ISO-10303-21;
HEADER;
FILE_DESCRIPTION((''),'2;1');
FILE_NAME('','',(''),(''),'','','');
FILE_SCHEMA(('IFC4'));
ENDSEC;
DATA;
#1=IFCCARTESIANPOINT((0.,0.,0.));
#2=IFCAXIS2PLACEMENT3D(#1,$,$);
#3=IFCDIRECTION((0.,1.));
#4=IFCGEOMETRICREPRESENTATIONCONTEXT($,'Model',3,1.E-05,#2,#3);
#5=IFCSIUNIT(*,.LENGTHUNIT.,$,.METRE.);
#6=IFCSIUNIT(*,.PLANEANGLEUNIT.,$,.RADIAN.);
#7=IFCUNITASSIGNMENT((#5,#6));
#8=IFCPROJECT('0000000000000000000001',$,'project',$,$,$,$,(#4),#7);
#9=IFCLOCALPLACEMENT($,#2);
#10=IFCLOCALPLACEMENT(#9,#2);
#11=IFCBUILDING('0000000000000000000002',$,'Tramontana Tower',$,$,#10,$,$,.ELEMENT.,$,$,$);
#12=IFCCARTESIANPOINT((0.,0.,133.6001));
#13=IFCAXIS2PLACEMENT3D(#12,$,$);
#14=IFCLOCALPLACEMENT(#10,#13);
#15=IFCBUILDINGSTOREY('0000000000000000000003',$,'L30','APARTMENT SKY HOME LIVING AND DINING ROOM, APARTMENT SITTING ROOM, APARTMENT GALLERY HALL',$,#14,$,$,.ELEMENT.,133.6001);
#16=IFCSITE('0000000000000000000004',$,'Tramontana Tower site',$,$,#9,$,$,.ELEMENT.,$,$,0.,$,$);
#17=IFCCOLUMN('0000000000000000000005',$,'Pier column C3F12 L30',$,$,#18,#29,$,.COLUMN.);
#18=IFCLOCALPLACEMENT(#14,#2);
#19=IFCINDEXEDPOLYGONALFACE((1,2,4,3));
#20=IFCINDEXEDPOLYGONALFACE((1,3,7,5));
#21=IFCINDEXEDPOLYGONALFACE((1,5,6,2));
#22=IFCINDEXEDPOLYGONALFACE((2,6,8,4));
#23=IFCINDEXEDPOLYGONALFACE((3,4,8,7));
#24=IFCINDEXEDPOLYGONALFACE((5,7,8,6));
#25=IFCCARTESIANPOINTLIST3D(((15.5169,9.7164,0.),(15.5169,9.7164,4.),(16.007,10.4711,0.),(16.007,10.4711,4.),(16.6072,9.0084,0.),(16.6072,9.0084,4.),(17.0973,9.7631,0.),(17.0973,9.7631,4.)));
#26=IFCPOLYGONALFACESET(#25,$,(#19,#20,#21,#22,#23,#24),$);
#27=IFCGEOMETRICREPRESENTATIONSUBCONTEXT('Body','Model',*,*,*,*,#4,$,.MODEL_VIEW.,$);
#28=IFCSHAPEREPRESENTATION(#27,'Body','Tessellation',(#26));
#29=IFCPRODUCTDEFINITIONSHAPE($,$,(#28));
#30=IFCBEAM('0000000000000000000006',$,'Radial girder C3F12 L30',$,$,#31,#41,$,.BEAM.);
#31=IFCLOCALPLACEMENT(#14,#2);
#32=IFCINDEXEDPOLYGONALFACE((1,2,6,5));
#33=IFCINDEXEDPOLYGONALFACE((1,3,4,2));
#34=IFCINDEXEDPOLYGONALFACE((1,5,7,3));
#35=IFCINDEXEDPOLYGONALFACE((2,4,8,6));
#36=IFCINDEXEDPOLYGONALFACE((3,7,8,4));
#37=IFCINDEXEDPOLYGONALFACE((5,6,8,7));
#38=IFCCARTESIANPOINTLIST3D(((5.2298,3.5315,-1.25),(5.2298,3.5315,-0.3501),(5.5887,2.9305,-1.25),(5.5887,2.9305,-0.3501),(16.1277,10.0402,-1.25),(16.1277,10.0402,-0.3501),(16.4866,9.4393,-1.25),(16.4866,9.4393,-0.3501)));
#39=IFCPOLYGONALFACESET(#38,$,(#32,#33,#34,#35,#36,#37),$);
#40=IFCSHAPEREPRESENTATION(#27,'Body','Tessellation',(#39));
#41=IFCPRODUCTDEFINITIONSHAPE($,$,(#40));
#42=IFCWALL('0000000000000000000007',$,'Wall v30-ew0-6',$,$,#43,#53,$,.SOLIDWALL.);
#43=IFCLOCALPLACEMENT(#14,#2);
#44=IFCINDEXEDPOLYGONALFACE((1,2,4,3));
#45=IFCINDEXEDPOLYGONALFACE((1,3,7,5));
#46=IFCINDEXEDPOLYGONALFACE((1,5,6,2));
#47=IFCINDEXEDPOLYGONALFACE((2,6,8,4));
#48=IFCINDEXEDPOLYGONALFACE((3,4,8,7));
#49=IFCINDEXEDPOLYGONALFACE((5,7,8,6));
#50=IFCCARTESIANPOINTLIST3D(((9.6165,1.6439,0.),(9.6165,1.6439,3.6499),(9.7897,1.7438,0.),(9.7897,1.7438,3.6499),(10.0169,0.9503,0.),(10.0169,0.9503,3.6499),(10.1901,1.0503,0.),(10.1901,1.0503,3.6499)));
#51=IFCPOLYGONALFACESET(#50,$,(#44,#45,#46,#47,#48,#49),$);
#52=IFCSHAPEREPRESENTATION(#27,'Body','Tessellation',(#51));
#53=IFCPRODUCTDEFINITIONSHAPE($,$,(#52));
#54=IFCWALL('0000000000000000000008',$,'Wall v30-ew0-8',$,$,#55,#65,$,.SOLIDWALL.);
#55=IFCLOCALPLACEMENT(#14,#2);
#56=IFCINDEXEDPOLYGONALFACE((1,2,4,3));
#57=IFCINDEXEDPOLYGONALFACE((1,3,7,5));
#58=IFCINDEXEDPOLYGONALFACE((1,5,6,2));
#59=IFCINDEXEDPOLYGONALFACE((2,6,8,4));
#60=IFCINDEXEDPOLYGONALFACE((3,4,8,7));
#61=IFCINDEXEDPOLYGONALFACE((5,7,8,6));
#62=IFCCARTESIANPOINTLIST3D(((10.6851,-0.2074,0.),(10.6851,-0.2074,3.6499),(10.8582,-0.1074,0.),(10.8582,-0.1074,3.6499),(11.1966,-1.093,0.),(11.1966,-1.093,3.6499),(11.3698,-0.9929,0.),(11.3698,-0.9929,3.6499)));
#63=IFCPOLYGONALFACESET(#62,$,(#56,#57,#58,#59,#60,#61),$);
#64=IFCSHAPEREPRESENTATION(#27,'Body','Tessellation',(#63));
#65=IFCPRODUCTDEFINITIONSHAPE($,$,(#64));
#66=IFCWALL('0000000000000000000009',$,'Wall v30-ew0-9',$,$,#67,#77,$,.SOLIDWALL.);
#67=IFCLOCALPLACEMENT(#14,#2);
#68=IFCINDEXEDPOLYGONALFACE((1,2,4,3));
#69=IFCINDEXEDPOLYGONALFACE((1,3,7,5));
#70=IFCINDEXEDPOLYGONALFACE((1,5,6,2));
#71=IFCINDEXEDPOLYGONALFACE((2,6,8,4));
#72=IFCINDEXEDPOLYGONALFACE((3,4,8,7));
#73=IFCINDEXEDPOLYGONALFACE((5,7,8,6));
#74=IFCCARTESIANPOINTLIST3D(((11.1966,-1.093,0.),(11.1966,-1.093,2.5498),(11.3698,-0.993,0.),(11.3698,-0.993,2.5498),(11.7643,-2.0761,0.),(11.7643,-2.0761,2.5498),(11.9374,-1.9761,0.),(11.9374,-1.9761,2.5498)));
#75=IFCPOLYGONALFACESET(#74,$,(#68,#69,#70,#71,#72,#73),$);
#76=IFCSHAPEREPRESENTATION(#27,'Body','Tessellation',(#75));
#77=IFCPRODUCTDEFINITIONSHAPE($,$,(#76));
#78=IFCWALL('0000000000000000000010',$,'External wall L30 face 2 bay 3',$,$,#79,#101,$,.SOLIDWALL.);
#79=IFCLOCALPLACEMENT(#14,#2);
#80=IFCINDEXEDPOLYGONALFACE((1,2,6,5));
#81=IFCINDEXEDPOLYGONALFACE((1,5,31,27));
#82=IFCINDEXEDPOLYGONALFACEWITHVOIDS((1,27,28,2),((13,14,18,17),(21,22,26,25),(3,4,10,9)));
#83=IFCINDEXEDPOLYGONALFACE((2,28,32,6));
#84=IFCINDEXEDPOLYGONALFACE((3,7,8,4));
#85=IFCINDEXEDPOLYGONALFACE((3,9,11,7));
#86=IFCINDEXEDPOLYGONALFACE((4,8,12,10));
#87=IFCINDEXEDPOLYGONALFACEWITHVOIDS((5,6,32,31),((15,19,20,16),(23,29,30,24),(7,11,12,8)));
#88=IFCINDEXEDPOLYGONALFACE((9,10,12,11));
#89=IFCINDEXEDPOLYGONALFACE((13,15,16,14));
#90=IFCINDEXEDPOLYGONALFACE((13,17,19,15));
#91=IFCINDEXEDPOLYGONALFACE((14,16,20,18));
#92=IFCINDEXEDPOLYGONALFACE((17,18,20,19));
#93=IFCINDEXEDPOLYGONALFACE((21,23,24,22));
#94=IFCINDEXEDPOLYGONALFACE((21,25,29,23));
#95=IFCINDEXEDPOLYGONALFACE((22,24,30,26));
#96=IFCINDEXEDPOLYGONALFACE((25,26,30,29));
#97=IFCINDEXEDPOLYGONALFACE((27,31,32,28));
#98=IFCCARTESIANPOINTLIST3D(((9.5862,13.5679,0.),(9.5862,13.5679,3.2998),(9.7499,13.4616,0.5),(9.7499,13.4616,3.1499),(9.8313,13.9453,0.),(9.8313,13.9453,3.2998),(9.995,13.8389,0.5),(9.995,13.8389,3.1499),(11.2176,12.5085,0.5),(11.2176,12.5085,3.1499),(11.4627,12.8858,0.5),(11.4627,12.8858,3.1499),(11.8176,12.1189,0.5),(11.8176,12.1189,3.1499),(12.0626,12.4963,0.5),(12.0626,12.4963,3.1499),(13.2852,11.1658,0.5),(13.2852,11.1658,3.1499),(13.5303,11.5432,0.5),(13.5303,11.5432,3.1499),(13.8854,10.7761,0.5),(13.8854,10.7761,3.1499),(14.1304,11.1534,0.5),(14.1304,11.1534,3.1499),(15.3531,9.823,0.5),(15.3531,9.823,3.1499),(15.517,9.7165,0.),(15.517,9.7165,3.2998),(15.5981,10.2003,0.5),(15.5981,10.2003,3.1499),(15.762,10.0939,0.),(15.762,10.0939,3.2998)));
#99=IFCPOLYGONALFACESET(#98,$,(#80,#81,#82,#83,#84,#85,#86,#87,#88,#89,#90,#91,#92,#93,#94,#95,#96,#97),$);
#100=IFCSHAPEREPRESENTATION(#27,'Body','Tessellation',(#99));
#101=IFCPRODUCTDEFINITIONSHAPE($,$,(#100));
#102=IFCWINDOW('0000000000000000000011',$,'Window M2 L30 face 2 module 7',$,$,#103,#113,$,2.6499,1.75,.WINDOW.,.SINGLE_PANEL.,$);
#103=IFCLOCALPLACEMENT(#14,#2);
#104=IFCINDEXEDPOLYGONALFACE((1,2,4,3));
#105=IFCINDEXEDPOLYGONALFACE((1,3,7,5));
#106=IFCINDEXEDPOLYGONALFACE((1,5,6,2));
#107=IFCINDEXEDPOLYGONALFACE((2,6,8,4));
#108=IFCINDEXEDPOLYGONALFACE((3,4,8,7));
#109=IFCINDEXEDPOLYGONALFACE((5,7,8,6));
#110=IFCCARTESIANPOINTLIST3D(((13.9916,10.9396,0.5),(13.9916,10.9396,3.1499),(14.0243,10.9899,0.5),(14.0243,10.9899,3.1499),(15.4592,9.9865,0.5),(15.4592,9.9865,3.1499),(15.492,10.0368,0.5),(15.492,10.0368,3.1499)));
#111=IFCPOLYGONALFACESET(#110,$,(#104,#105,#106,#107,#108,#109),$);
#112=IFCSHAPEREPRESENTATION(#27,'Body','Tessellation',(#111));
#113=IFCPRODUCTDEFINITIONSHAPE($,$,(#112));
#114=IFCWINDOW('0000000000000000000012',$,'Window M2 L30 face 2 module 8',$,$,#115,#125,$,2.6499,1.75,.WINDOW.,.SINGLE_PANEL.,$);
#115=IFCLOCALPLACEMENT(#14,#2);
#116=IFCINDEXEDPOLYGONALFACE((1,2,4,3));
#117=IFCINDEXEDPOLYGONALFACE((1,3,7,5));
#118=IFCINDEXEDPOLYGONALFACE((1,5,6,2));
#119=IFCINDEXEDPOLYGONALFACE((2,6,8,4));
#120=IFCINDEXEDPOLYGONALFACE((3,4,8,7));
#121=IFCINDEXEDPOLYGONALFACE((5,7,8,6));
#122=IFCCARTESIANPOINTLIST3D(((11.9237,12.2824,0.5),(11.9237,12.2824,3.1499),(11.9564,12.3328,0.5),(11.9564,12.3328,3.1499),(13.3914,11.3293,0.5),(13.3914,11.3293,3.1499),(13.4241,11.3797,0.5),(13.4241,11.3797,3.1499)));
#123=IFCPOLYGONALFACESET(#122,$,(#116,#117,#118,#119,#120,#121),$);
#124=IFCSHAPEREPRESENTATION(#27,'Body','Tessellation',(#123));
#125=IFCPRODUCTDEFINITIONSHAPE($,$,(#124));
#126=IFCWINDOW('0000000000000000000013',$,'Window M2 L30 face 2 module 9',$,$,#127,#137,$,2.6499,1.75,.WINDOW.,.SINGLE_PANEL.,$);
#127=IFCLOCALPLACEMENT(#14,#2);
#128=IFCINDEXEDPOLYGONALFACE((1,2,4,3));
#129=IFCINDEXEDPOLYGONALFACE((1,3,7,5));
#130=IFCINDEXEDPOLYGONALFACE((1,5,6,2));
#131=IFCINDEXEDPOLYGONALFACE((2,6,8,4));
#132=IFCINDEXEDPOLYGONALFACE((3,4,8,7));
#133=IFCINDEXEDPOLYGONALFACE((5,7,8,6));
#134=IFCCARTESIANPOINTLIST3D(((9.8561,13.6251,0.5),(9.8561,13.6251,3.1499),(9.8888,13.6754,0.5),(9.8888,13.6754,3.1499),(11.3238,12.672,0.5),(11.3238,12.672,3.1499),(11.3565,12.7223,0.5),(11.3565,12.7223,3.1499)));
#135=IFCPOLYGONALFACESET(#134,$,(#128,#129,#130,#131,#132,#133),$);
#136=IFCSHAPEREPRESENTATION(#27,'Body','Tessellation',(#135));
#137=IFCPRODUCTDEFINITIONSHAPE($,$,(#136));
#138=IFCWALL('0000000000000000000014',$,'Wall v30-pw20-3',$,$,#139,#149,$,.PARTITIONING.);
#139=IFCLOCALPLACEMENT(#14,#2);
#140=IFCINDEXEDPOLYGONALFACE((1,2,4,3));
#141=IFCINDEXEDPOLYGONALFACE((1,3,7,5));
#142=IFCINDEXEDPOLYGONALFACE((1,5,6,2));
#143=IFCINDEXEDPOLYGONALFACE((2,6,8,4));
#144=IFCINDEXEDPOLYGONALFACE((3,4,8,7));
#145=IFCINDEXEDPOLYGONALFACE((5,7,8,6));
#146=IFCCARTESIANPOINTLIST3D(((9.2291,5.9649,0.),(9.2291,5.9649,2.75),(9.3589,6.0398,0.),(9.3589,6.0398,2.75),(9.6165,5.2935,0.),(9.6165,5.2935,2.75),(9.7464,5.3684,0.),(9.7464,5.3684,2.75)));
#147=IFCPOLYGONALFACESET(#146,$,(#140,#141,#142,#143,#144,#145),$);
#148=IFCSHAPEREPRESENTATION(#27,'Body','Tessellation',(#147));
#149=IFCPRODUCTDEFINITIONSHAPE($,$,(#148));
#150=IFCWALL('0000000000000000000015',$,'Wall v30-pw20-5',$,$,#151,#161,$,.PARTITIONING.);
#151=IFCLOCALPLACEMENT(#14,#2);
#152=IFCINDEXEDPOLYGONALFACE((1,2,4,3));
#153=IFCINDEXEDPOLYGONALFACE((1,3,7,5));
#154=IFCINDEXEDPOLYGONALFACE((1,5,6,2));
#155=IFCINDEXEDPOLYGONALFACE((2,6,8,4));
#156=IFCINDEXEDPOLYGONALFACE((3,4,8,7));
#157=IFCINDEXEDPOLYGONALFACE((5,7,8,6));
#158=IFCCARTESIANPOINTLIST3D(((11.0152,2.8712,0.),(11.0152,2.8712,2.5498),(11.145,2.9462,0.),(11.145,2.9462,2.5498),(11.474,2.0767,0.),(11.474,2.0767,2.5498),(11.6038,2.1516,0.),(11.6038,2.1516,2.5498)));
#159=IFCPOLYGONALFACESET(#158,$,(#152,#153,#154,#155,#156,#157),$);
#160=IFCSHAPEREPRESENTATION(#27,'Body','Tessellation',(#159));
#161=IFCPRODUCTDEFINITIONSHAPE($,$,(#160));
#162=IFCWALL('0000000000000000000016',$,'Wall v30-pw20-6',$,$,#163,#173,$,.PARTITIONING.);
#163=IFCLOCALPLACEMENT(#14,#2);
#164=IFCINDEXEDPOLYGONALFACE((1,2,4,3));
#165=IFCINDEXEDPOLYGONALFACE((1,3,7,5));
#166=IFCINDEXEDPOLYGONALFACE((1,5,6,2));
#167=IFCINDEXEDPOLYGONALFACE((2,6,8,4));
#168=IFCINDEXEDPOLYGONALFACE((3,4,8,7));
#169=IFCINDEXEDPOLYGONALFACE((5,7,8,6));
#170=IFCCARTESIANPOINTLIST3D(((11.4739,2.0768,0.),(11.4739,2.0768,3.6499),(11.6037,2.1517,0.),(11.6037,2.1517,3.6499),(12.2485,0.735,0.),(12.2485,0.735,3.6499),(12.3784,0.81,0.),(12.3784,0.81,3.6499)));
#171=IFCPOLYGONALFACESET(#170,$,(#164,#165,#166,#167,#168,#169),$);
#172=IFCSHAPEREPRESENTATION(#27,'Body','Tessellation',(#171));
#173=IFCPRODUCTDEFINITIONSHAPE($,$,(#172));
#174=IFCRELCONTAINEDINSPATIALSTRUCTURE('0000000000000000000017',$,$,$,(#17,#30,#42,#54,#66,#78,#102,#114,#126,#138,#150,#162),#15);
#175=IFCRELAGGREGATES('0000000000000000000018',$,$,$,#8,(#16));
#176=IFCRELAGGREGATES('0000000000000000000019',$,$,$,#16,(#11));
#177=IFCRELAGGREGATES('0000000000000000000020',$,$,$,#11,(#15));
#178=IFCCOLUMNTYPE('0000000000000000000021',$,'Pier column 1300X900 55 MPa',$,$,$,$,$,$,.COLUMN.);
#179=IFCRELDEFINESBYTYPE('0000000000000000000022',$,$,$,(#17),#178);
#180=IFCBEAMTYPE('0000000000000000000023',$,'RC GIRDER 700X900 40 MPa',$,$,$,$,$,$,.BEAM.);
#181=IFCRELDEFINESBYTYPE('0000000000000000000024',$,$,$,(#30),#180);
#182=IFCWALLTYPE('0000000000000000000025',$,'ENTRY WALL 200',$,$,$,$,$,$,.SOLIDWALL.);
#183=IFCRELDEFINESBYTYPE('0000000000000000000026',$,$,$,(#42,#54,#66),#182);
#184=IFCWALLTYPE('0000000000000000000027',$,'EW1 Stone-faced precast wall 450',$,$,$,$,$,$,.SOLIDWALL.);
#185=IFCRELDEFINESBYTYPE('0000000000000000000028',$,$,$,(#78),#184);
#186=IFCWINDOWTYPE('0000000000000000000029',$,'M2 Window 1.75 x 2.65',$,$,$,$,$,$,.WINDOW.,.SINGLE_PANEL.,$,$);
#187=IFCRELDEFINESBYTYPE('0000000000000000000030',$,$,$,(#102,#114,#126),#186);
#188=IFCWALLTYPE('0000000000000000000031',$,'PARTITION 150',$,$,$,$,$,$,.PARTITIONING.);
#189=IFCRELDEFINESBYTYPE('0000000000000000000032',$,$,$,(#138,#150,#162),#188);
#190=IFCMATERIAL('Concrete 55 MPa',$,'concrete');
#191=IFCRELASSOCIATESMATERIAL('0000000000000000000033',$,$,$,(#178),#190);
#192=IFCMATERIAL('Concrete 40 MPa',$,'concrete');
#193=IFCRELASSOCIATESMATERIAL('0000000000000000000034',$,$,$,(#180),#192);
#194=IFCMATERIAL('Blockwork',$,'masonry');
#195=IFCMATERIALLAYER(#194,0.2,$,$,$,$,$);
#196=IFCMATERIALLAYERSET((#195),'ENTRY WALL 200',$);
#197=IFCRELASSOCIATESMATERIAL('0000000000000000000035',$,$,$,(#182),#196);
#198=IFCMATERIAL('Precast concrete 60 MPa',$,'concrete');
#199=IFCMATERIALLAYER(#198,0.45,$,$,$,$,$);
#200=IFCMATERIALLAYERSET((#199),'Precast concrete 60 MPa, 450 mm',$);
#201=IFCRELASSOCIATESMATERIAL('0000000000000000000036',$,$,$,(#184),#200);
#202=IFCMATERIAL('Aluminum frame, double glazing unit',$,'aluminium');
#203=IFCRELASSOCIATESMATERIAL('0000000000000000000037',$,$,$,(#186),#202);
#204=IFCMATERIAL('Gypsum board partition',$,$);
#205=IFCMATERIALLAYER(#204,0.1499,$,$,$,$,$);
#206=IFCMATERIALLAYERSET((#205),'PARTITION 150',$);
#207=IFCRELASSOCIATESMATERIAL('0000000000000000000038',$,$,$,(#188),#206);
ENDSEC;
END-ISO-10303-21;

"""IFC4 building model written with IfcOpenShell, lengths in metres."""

from ifc_helpers import new_model, si_unit, direction, frame, frame_2d, origin, origin_2d, place, context, subcontext, project, spatial, rectangle, extrude, material, layer, layer_set, material_profile, profile_set, type_object, element, fill, save


model = new_model("IFC4")

# Units and contexts
model_context = context("Model", 3, precision=1e-05, world=origin(), true_north=direction((0.0, 1.0)))
body_context = subcontext(model_context, "Body", "Model", "MODEL_VIEW")
ifc_project = project(units=[si_unit("LENGTHUNIT", "METRE"), si_unit("PLANEANGLEUNIT", "RADIAN")], contexts=[model_context])

# Site, building, storey
site_placement = place(None, origin())
site = spatial("IfcSite", under=ifc_project, at=site_placement, Name="Tramontana Tower site", CompositionType="ELEMENT", RefElevation=0.0)
building_placement = place(site_placement, origin())
building = spatial("IfcBuilding", under=site, at=building_placement, Name="Tramontana Tower", CompositionType="ELEMENT")
storey_placement = place(building_placement, frame((0.0, 0.0, 133.6001)))
storey = spatial("IfcBuildingStorey", under=building, at=storey_placement, Name="L30", Description="APARTMENT SKY HOME LIVING AND DINING ROOM, APARTMENT SITTING ROOM, APARTMENT GALLERY HALL", CompositionType="ELEMENT", Elevation=133.6001)

# Column
ifc_material_1 = material(Name="Concrete 55 MPa", Category="concrete")
ifc_material_profile_1 = material_profile(ifc_material_1, rectangle(XDim=1.3, YDim=0.8999, at=origin_2d()), Name="Pier column 1300X900 55 MPa")
ifc_profile_set_1 = profile_set([ifc_material_profile_1], Name="Concrete 55 MPa")
column_type = type_object("IfcColumnType", Name="Pier column 1300X900 55 MPa", PredefinedType="COLUMN", material=ifc_profile_set_1)
column_placement = place(storey_placement, frame((16.3071, 9.7397, 0.0), z_axis=(0.0, 0.0, 1.0), x_axis=(-0.838671, 0.544639, 0.0)))
element("IfcColumn", 1, at=column_placement, inside=storey, type_object=column_type, Name="Pier column C3F12 L30", PredefinedType="COLUMN", context=body_context, shape_type="SweptSolid", body=[
    extrude(rectangle(XDim=1.3, YDim=0.8999, at=origin_2d()), origin(), (0.0, 0.0, 1.0), 4.0),
])

# Beam
ifc_material_2 = material(Name="Concrete 40 MPa", Category="concrete")
ifc_material_profile_2 = material_profile(ifc_material_2, rectangle(XDim=0.7, YDim=0.8999, at=origin_2d()), Name="RC GIRDER 700X900 40 MPa")
ifc_profile_set_2 = profile_set([ifc_material_profile_2], Name="Concrete 40 MPa")
beam_type = type_object("IfcBeamType", Name="RC GIRDER 700X900 40 MPa", PredefinedType="BEAM", material=ifc_profile_set_2)
beam_placement = place(storey_placement, frame((16.3071, 9.7397, -0.8), z_axis=(-0.858533, -0.512758, 0.0), x_axis=(0.512758, -0.858533, 0.0)))
element("IfcBeam", 2, at=beam_placement, inside=storey, type_object=beam_type, Name="Radial girder C3F12 L30", PredefinedType="BEAM", context=body_context, shape_type="SweptSolid", body=[
    extrude(rectangle(XDim=0.7, YDim=0.8999, at=origin_2d()), origin(), (0.0, 0.0, 1.0), 12.6936),
])

# Wall
ifc_material_3 = material(Name="Blockwork", Category="masonry")
ifc_layer_1 = layer(ifc_material_3, 0.2)
ifc_layer_set_1 = layer_set([ifc_layer_1], Name="ENTRY WALL 200")
wall_type_1 = type_object("IfcWallType", Name="ENTRY WALL 200", PredefinedType="SOLIDWALL", material=ifc_layer_set_1)
wall_1_placement = place(storey_placement, frame((9.7031, 1.6938, 0.0), z_axis=(0.0, 0.0, 1.0), x_axis=(0.499942, -0.866059, 0.0)))
element("IfcWall", 3, at=wall_1_placement, inside=storey, type_object=wall_type_1, Name="Wall v30-ew0-6", PredefinedType="SOLIDWALL", context=body_context, shape_type="SweptSolid", body=[
    extrude(rectangle(XDim=0.8008, YDim=0.2, at=frame_2d((0.4004, 0.0))), origin(), (0.0, 0.0, 1.0), 3.6499),
])

# Walls
wall_2_placement = place(storey_placement, frame((10.7717, -0.1575, 0.0), z_axis=(0.0, 0.0, 1.0), x_axis=(0.50017, -0.865927, 0.0)))
element("IfcWall", 4, at=wall_2_placement, inside=storey, type_object=wall_type_1, Name="Wall v30-ew0-8", PredefinedType="SOLIDWALL", context=body_context, shape_type="SweptSolid", body=[
    extrude(rectangle(XDim=1.0227, YDim=0.2, at=frame_2d((0.5112, 0.0))), origin(), (0.0, 0.0, 1.0), 3.6499),
])
wall_3_placement = place(storey_placement, frame((11.2832, -1.043, 0.0), z_axis=(0.0, 0.0, 1.0), x_axis=(0.500002, -0.866024, 0.0)))
element("IfcWall", 5, at=wall_3_placement, inside=storey, type_object=wall_type_1, Name="Wall v30-ew0-9", PredefinedType="SOLIDWALL", context=body_context, shape_type="SweptSolid", body=[
    extrude(rectangle(XDim=1.1353, YDim=0.2, at=frame_2d((0.5676, 0.0))), origin(), (0.0, 0.0, 1.0), 2.5498),
])

# Wall, openings, windows
ifc_material_4 = material(Name="Precast concrete 60 MPa", Category="concrete")
ifc_layer_2 = layer(ifc_material_4, 0.45)
ifc_layer_set_2 = layer_set([ifc_layer_2], Name="Precast concrete 60 MPa, 450 mm")
wall_type_2 = type_object("IfcWallType", Name="EW1 Stone-faced precast wall 450", PredefinedType="SOLIDWALL", material=ifc_layer_set_2)
wall_4_placement = place(storey_placement, frame((15.6394, 9.9053, 0.0), z_axis=(0.0, 0.0, 1.0), x_axis=(-0.838677, 0.544629, 0.0)))
wall_4 = element("IfcWall", 6, at=wall_4_placement, inside=storey, type_object=wall_type_2, Name="External wall L30 face 2 bay 3", PredefinedType="SOLIDWALL", context=body_context, shape_type="SweptSolid", body=[
    extrude(rectangle(XDim=7.0715, YDim=0.45, at=frame_2d((3.5356, 0.0))), origin(), (0.0, 0.0, 1.0), 3.2998),
])
opening_1_placement = place(wall_4_placement, frame((0.1953, 0.0, 0.5)))
opening_1 = element("IfcOpeningElement", 7, at=opening_1_placement, cuts=wall_4, PredefinedType="OPENING", context=body_context, shape_type="SweptSolid", body=[
    extrude(rectangle(XDim=1.75, YDim=2.6499, at=frame_2d((0.875, 1.325))), frame((0.0, 0.2349, 0.0), z_axis=(0.0, -1.0, 0.0), x_axis=(1.0, 0.0, 0.0)), (0.0, 0.0, 1.0), 0.47),
])
opening_2_placement = place(wall_4_placement, frame((2.6609, 0.0, 0.5)))
opening_2 = element("IfcOpeningElement", 8, at=opening_2_placement, cuts=wall_4, PredefinedType="OPENING", context=body_context, shape_type="SweptSolid", body=[
    extrude(rectangle(XDim=1.75, YDim=2.6499, at=frame_2d((0.875, 1.325))), frame((0.0, 0.2349, 0.0), z_axis=(0.0, -1.0, 0.0), x_axis=(1.0, 0.0, 0.0)), (0.0, 0.0, 1.0), 0.47),
])
opening_3_placement = place(wall_4_placement, frame((5.1262, 0.0, 0.5)))
opening_3 = element("IfcOpeningElement", 9, at=opening_3_placement, cuts=wall_4, PredefinedType="OPENING", context=body_context, shape_type="SweptSolid", body=[
    extrude(rectangle(XDim=1.75, YDim=2.6499, at=frame_2d((0.875, 1.325))), frame((0.0, 0.2349, 0.0), z_axis=(0.0, -1.0, 0.0), x_axis=(1.0, 0.0, 0.0)), (0.0, 0.0, 1.0), 0.47),
])
ifc_material_5 = material(Name="Aluminum frame, double glazing unit", Category="aluminium")
window_type = type_object("IfcWindowType", Name="M2 Window 1.75 x 2.65", PartitioningType="SINGLE_PANEL", PredefinedType="WINDOW", material=ifc_material_5)
window_1_placement = place(opening_1_placement, origin())
window_1 = element("IfcWindow", 10, at=window_1_placement, inside=storey, type_object=window_type, Name="Window M2 L30 face 2 module 7", OverallHeight=2.6499, OverallWidth=1.75, PartitioningType="SINGLE_PANEL", PredefinedType="WINDOW", context=body_context, shape_type="SweptSolid", body=[
    extrude(rectangle(XDim=1.75, YDim=2.6499, at=frame_2d((0.875, 1.325))), frame((0.0, 0.03, 0.0), z_axis=(0.0, -1.0, 0.0), x_axis=(1.0, 0.0, 0.0)), (0.0, 0.0, 1.0), 0.0601),
])
fill(opening_1, window_1)
window_2_placement = place(opening_2_placement, origin())
window_2 = element("IfcWindow", 11, at=window_2_placement, inside=storey, type_object=window_type, Name="Window M2 L30 face 2 module 8", OverallHeight=2.6499, OverallWidth=1.75, PartitioningType="SINGLE_PANEL", PredefinedType="WINDOW", context=body_context, shape_type="SweptSolid", body=[
    extrude(rectangle(XDim=1.75, YDim=2.6499, at=frame_2d((0.875, 1.325))), frame((0.0, 0.03, 0.0), z_axis=(0.0, -1.0, 0.0), x_axis=(1.0, 0.0, 0.0)), (0.0, 0.0, 1.0), 0.0601),
])
fill(opening_2, window_2)
window_3_placement = place(opening_3_placement, origin())
window_3 = element("IfcWindow", 12, at=window_3_placement, inside=storey, type_object=window_type, Name="Window M2 L30 face 2 module 9", OverallHeight=2.6499, OverallWidth=1.75, PartitioningType="SINGLE_PANEL", PredefinedType="WINDOW", context=body_context, shape_type="SweptSolid", body=[
    extrude(rectangle(XDim=1.75, YDim=2.6499, at=frame_2d((0.875, 1.325))), frame((0.0, 0.03, 0.0), z_axis=(0.0, -1.0, 0.0), x_axis=(1.0, 0.0, 0.0)), (0.0, 0.0, 1.0), 0.0601),
])
fill(opening_3, window_3)

# Wall
ifc_material_6 = material(Name="Gypsum board partition")
ifc_layer_3 = layer(ifc_material_6, 0.1499)
ifc_layer_set_3 = layer_set([ifc_layer_3], Name="PARTITION 150")
wall_type_3 = type_object("IfcWallType", Name="PARTITION 150", PredefinedType="PARTITIONING", material=ifc_layer_set_3)
wall_5_placement = place(storey_placement, frame((9.2939, 6.0024, 0.0), z_axis=(0.0, 0.0, 1.0), x_axis=(0.499832, -0.866123, 0.0)))
element("IfcWall", 13, at=wall_5_placement, inside=storey, type_object=wall_type_3, Name="Wall v30-pw20-3", PredefinedType="PARTITIONING", context=body_context, shape_type="SweptSolid", body=[
    extrude(rectangle(XDim=0.7751, YDim=0.1499, at=frame_2d((0.3877, 0.0))), origin(), (0.0, 0.0, 1.0), 2.75),
])

# Walls
wall_6_placement = place(storey_placement, frame((11.0801, 2.9087, 0.0), z_axis=(0.0, 0.0, 1.0), x_axis=(0.50006, -0.865991, 0.0)))
element("IfcWall", 14, at=wall_6_placement, inside=storey, type_object=wall_type_3, Name="Wall v30-pw20-5", PredefinedType="PARTITIONING", context=body_context, shape_type="SweptSolid", body=[
    extrude(rectangle(XDim=0.9175, YDim=0.1499, at=frame_2d((0.4587, 0.0))), origin(), (0.0, 0.0, 1.0), 2.5498),
])
wall_7_placement = place(storey_placement, frame((11.5388, 2.1143, 0.0), z_axis=(0.0, 0.0, 1.0), x_axis=(0.499986, -0.866033, 0.0)))
element("IfcWall", 15, at=wall_7_placement, inside=storey, type_object=wall_type_3, Name="Wall v30-pw20-6", PredefinedType="PARTITIONING", context=body_context, shape_type="SweptSolid", body=[
    extrude(rectangle(XDim=1.5493, YDim=0.1499, at=frame_2d((0.7747, 0.0))), origin(), (0.0, 0.0, 1.0), 3.6499),
])

save(model, "model.ifc")
